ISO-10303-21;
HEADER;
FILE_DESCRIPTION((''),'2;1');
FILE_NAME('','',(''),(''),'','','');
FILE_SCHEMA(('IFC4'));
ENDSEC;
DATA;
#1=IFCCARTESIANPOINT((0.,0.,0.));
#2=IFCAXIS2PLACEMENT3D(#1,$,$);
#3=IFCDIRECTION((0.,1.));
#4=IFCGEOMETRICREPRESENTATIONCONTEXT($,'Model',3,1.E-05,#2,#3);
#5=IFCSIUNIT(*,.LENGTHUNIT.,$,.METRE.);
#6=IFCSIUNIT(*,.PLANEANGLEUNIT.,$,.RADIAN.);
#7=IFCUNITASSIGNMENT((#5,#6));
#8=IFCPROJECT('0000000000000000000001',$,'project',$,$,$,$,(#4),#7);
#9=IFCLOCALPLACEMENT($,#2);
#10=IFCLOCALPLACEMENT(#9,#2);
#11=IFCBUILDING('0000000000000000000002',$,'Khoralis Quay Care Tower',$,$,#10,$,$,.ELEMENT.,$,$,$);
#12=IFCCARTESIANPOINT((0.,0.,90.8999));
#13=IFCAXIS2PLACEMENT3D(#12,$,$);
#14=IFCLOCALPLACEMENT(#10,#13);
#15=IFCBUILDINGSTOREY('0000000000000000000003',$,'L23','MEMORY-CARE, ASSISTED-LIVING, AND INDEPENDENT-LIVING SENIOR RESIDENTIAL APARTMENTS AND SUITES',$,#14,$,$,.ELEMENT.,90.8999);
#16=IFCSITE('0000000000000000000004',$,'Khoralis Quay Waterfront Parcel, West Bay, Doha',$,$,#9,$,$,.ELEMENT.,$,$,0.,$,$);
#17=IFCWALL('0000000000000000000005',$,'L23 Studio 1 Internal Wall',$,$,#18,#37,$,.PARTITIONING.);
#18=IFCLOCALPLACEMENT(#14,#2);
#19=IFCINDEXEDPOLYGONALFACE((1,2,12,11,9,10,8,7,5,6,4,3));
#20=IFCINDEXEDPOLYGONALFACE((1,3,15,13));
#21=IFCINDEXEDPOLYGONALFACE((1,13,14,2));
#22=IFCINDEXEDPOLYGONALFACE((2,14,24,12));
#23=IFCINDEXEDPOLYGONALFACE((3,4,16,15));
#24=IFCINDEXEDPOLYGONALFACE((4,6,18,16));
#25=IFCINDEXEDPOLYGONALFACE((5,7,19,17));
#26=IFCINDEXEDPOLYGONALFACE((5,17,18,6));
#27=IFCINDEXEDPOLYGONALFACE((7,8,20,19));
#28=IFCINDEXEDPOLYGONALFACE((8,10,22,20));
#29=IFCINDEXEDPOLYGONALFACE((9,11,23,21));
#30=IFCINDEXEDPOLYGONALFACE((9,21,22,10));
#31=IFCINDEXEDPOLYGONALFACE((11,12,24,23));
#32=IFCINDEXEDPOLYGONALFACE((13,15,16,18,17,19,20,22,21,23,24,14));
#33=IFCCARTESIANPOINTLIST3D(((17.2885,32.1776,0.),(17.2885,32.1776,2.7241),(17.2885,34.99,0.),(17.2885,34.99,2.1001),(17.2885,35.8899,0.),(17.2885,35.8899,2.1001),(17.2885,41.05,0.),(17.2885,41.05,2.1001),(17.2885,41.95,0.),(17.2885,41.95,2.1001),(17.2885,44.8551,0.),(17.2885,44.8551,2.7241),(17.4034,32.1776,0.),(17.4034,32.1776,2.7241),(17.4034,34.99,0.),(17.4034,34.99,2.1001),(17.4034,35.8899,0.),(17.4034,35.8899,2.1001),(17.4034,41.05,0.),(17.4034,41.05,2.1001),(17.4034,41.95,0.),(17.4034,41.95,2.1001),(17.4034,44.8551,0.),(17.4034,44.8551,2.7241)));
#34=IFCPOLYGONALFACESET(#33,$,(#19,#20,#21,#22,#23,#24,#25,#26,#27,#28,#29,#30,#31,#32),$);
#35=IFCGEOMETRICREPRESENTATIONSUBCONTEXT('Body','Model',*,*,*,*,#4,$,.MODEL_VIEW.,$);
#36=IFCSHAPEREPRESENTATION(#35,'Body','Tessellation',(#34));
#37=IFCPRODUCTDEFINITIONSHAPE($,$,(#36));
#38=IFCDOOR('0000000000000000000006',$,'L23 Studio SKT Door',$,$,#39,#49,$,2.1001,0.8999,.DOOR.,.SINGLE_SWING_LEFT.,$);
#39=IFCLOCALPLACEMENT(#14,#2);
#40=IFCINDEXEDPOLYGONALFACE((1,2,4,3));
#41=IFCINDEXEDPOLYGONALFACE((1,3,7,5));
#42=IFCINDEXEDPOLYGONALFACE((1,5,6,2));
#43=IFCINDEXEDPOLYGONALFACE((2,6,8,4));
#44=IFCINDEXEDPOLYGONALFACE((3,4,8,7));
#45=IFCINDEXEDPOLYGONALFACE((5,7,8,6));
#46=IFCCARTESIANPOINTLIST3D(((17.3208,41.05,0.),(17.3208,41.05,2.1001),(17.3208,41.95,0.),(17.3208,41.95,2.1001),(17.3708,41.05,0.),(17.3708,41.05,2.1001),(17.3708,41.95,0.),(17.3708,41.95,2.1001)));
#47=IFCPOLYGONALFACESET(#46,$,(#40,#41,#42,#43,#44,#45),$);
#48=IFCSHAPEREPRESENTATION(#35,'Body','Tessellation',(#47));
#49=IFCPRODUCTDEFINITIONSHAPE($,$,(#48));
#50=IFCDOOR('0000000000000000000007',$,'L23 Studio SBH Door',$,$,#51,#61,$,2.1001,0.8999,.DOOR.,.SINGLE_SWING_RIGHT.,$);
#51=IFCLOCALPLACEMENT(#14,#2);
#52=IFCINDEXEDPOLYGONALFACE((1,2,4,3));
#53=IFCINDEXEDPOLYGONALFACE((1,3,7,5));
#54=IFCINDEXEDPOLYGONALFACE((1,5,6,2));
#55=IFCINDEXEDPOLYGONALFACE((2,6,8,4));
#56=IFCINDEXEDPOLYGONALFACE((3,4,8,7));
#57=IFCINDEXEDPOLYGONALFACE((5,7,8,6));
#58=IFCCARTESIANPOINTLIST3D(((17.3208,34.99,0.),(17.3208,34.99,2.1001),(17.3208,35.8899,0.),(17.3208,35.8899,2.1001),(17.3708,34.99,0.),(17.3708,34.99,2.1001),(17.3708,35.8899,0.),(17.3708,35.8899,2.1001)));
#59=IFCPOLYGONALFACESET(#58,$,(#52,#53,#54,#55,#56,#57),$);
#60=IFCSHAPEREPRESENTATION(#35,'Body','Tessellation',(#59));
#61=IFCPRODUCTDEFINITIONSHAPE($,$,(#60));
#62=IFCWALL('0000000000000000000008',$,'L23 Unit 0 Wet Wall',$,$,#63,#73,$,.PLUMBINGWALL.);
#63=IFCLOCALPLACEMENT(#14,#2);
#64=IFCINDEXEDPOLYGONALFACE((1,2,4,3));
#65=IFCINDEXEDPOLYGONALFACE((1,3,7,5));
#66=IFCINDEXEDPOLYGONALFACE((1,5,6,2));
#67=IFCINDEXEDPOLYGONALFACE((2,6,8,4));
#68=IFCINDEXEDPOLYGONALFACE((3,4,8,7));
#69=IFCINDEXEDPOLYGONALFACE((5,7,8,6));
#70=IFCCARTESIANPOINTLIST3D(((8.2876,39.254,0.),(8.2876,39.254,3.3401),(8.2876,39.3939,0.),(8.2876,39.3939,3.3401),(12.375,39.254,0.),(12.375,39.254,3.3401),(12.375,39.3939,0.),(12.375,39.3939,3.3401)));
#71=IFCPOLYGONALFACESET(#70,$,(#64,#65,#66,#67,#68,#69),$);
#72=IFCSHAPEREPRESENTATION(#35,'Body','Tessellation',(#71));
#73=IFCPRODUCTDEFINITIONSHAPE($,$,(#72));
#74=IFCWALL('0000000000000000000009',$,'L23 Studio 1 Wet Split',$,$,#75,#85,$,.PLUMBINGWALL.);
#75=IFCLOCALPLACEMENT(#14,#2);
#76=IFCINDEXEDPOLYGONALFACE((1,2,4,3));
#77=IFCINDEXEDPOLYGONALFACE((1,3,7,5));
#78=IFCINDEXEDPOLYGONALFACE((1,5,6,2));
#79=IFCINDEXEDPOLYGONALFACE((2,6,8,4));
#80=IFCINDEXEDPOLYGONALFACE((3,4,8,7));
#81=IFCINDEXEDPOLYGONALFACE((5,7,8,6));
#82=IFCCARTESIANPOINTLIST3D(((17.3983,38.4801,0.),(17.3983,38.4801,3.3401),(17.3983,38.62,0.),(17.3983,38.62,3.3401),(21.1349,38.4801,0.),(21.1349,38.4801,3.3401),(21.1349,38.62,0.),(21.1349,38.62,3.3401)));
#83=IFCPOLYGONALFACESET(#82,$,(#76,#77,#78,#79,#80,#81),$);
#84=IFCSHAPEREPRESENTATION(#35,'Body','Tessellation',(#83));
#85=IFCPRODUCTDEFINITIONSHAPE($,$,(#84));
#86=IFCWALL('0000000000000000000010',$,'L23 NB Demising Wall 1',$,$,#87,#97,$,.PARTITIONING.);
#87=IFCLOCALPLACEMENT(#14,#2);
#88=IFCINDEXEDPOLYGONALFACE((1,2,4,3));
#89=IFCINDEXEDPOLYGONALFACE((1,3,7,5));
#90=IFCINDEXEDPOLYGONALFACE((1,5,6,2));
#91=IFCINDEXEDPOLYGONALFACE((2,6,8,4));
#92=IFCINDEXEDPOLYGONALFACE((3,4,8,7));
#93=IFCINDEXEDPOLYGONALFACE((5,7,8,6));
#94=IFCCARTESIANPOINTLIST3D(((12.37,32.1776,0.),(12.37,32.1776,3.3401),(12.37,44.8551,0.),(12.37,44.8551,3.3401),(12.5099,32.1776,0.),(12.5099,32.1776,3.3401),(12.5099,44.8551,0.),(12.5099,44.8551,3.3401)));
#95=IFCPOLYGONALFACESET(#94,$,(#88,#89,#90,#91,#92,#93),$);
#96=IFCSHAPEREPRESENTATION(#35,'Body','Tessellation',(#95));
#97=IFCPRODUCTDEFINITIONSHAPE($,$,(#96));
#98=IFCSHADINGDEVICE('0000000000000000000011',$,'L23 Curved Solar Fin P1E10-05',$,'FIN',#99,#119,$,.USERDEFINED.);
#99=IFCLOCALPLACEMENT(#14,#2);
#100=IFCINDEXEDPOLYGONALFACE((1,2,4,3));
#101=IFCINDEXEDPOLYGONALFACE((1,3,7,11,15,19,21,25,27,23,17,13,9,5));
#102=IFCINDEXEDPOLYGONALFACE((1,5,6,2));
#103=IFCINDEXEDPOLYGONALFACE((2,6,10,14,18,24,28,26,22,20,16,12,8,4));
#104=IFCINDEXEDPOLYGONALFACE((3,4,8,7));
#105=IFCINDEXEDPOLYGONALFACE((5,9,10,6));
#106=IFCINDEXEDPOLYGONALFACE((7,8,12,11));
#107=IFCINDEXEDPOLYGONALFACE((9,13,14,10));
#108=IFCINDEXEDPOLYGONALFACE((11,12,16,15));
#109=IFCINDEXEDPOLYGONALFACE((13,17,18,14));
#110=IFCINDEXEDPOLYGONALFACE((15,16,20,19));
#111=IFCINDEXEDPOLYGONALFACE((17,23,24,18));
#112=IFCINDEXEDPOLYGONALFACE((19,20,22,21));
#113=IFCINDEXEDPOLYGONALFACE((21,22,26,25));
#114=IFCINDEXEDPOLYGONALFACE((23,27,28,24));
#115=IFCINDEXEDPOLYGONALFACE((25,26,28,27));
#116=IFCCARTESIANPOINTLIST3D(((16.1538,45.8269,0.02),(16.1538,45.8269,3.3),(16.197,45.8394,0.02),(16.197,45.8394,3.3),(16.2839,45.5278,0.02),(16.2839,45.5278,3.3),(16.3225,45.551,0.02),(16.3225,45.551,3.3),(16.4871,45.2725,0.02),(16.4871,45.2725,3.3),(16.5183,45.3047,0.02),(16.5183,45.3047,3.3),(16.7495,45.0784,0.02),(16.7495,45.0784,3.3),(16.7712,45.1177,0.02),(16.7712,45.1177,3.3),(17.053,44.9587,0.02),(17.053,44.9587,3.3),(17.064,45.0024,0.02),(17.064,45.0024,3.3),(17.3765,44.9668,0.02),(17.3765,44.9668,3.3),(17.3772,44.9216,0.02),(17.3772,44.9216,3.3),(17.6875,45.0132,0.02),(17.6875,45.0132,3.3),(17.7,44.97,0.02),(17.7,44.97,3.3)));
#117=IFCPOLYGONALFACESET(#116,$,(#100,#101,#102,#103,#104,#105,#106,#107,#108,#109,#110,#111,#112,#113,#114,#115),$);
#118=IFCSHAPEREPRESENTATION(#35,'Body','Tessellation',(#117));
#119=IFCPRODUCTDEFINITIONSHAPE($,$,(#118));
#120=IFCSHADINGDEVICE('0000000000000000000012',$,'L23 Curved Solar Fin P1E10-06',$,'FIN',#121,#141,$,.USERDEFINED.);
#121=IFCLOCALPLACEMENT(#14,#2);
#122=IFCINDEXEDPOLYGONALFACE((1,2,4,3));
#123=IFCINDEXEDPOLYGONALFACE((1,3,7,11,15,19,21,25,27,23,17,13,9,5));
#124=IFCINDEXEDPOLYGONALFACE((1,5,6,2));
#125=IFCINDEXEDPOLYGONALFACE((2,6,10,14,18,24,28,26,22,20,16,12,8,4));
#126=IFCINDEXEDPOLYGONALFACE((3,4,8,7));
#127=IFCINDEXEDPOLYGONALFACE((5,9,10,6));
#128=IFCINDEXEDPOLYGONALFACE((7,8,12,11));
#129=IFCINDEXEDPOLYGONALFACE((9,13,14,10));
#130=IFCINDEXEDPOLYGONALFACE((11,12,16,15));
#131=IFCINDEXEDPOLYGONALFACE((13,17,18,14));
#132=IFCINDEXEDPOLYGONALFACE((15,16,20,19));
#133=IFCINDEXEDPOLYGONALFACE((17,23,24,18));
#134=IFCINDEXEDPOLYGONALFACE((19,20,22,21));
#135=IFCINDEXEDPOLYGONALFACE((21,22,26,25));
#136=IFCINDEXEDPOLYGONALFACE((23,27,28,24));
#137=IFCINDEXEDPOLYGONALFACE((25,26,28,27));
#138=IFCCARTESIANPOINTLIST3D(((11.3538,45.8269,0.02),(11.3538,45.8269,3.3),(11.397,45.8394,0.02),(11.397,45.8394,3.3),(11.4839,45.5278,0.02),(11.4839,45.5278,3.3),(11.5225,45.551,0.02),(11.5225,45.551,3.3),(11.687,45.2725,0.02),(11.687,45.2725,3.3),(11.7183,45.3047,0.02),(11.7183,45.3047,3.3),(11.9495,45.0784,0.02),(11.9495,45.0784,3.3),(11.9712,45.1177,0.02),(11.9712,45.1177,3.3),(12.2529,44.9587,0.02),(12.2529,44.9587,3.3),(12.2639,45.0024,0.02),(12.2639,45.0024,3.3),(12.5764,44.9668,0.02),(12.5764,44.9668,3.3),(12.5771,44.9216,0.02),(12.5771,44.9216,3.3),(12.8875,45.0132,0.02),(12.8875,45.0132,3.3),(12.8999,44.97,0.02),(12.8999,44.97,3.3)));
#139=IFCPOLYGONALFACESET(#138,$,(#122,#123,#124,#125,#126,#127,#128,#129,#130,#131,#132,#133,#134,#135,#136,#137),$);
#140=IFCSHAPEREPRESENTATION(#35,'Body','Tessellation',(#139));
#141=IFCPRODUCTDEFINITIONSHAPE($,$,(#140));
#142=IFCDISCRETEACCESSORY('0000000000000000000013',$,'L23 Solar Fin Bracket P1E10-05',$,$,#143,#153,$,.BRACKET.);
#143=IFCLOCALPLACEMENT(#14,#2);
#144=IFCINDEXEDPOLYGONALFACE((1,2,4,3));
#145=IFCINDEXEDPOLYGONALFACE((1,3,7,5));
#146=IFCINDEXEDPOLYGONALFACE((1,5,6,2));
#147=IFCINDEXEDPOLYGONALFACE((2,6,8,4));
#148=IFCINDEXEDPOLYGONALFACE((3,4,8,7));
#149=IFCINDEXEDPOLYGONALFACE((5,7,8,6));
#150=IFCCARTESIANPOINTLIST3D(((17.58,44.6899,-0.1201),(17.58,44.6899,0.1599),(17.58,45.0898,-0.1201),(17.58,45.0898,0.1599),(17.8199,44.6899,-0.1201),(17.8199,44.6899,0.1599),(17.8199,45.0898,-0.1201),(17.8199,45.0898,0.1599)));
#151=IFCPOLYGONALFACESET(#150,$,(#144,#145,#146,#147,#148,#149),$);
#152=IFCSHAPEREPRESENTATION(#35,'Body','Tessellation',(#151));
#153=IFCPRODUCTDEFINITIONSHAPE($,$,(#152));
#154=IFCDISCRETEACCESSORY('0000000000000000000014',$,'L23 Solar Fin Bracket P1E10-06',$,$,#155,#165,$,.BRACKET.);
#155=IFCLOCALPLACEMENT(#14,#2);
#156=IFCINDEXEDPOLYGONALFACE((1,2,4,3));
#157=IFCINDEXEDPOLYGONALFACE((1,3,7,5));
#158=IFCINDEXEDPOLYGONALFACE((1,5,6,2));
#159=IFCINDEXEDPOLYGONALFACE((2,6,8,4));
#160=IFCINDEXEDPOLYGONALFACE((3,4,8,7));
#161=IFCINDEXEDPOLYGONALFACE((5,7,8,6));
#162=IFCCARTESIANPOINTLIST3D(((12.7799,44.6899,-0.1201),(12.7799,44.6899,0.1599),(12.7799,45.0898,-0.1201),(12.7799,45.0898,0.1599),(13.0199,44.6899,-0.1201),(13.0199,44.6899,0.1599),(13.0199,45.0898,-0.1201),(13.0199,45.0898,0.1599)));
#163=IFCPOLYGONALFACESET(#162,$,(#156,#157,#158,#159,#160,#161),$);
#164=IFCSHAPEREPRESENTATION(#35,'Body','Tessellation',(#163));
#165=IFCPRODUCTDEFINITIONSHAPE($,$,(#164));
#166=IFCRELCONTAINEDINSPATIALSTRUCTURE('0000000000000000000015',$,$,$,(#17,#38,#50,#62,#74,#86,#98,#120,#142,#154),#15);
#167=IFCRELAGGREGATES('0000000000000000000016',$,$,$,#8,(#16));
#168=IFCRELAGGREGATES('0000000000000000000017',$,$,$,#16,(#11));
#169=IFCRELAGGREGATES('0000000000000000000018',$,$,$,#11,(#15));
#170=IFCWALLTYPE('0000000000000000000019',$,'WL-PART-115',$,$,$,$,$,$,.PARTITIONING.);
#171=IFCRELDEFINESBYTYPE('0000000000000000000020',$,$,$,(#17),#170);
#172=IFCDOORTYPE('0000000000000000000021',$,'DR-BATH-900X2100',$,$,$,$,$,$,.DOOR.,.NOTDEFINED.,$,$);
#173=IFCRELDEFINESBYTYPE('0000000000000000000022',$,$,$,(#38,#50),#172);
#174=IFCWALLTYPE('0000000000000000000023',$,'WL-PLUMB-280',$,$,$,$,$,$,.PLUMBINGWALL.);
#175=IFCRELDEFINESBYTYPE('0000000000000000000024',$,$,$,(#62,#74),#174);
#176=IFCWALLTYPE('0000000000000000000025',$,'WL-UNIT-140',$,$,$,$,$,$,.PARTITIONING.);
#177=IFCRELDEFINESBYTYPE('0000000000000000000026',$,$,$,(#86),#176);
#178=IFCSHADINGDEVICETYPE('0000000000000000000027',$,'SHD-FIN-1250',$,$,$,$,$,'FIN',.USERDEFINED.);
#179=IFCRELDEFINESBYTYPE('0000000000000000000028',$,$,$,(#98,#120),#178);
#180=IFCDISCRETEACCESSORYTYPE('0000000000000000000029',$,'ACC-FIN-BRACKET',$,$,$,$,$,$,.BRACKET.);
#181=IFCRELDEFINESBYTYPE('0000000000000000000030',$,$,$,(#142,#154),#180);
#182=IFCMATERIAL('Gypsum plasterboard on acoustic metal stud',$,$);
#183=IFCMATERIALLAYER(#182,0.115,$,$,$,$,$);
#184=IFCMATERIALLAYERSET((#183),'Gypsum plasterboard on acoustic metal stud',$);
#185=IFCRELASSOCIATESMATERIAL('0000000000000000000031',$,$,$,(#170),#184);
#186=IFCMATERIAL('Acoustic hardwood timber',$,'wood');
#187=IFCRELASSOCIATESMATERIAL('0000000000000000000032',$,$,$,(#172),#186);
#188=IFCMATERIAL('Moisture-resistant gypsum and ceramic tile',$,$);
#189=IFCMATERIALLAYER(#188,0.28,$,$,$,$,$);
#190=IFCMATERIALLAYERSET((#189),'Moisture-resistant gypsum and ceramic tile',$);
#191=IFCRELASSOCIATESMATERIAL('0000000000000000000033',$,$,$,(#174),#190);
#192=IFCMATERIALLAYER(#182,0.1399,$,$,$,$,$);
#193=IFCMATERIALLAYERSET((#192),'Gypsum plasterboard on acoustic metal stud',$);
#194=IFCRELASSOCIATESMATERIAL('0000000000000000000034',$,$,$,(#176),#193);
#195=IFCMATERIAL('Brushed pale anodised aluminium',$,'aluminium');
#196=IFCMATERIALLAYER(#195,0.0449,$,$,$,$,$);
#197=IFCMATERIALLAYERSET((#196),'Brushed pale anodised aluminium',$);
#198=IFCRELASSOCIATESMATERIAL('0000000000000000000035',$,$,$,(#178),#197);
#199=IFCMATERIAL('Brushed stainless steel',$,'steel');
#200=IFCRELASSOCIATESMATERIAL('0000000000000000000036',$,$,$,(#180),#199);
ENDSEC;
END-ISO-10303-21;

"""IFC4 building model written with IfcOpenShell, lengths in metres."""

from ifc_helpers import new_model, si_unit, direction, frame, frame_2d, origin, origin_2d, place, context, subcontext, project, spatial, polyline, rectangle, outline, extrude, source, transform, mapped, material, layer, layer_set, type_object, element, fill, save


model = new_model("IFC4")

# Units and contexts
model_context = context("Model", 3, precision=1e-05, world=origin(), true_north=direction((0.0, 1.0)))
body_context = subcontext(model_context, "Body", "Model", "MODEL_VIEW")
ifc_project = project(units=[si_unit("LENGTHUNIT", "METRE"), si_unit("PLANEANGLEUNIT", "RADIAN")], contexts=[model_context])

# Site, building, storey
site_placement = place(None, origin())
site = spatial("IfcSite", under=ifc_project, at=site_placement, Name="Khoralis Quay Waterfront Parcel, West Bay, Doha", CompositionType="ELEMENT", RefElevation=0.0)
building_placement = place(site_placement, origin())
building = spatial("IfcBuilding", under=site, at=building_placement, Name="Khoralis Quay Care Tower", CompositionType="ELEMENT")
storey_placement = place(building_placement, frame((0.0, 0.0, 90.8999)))
storey = spatial("IfcBuildingStorey", under=building, at=storey_placement, Name="L23", Description="MEMORY-CARE, ASSISTED-LIVING, AND INDEPENDENT-LIVING SENIOR RESIDENTIAL APARTMENTS AND SUITES", CompositionType="ELEMENT", Elevation=90.8999)

# Shared definitions
ifc_material_1 = material(Name="Gypsum plasterboard on acoustic metal stud")
ifc_layer_1 = layer(ifc_material_1, 0.115)
ifc_layer_set_1 = layer_set([ifc_layer_1], Name="Gypsum plasterboard on acoustic metal stud")
wall_type_1 = type_object("IfcWallType", Name="WL-PART-115", PredefinedType="PARTITIONING", material=ifc_layer_set_1)

# Wall, openings, doors
wall_1_placement = place(storey_placement, frame((17.3459, 32.1775, 0.0), z_axis=(0.0, 0.0, 1.0), x_axis=(0.0, 1.0, 0.0)))
wall_1 = element("IfcWall", 1, at=wall_1_placement, inside=storey, type_object=wall_type_1, Name="L23 Studio 1 Internal Wall", PredefinedType="PARTITIONING", context=body_context, shape_type="SweptSolid", body=[
    extrude(rectangle(XDim=12.6775, YDim=0.115, at=frame_2d((6.3389, 0.0))), origin(), (0.0, 0.0, 1.0), 2.7241),
])
opening_1_placement = place(wall_1_placement, frame((8.8726, 0.0, 0.0)))
opening_1 = element("IfcOpeningElement", 2, at=opening_1_placement, cuts=wall_1, PredefinedType="OPENING", context=body_context, shape_type="SweptSolid", body=[
    extrude(rectangle(XDim=0.8999, YDim=2.1001, at=frame_2d((0.45, 1.05))), frame((0.0, 0.0674, 0.0), z_axis=(0.0, -1.0, 0.0), x_axis=(1.0, 0.0, 0.0)), (0.0, 0.0, 1.0), 0.135),
])
opening_2_placement = place(wall_1_placement, frame((2.8125, 0.0, 0.0)))
opening_2 = element("IfcOpeningElement", 3, at=opening_2_placement, cuts=wall_1, PredefinedType="OPENING", context=body_context, shape_type="SweptSolid", body=[
    extrude(rectangle(XDim=0.8999, YDim=2.1001, at=frame_2d((0.45, 1.05))), frame((0.0, 0.0674, 0.0), z_axis=(0.0, -1.0, 0.0), x_axis=(1.0, 0.0, 0.0)), (0.0, 0.0, 1.0), 0.135),
])
ifc_material_2 = material(Name="Acoustic hardwood timber", Category="wood")
door_type = type_object("IfcDoorType", Name="DR-BATH-900X2100", OperationType="NOTDEFINED", PredefinedType="DOOR", material=ifc_material_2)
shared_shape_1 = source(origin(), body_context, "Body", "SweptSolid", [
    extrude(rectangle(XDim=0.8999, YDim=2.1001, at=frame_2d((0.45, 1.05))), frame((0.0, 0.0249, 0.0), z_axis=(0.0, -1.0, 0.0), x_axis=(1.0, 0.0, 0.0)), (0.0, 0.0, 1.0), 0.05),
])
door_1_placement = place(opening_1_placement, frame((0.8999, 0.0, 0.0), z_axis=(0.0, 0.0, 1.0), x_axis=(-1.0, 0.0, 0.0)))
door_1 = element("IfcDoor", 4, at=door_1_placement, inside=storey, type_object=door_type, Name="L23 Studio SKT Door", OperationType="SINGLE_SWING_LEFT", OverallHeight=2.1001, OverallWidth=0.8999, PredefinedType="DOOR", context=body_context, shape_type="MappedRepresentation", body=[
    mapped(shared_shape_1, transform((0.0, 0.0, 0.0), scale=1.0)),
])
fill(opening_1, door_1)
door_2_placement = place(opening_2_placement, frame((0.8999, 0.0, 0.0), z_axis=(0.0, 0.0, 1.0), x_axis=(-1.0, 0.0, 0.0)))
door_2 = element("IfcDoor", 5, at=door_2_placement, inside=storey, type_object=door_type, Name="L23 Studio SBH Door", OperationType="SINGLE_SWING_RIGHT", OverallHeight=2.1001, OverallWidth=0.8999, PredefinedType="DOOR", context=body_context, shape_type="MappedRepresentation", body=[
    mapped(shared_shape_1, transform((0.0, 0.0, 0.0), scale=1.0)),
])
fill(opening_2, door_2)

# Walls
ifc_material_3 = material(Name="Moisture-resistant gypsum and ceramic tile")
ifc_layer_2 = layer(ifc_material_3, 0.28)
ifc_layer_set_2 = layer_set([ifc_layer_2], Name="Moisture-resistant gypsum and ceramic tile")
wall_type_2 = type_object("IfcWallType", Name="WL-PLUMB-280", PredefinedType="PLUMBINGWALL", material=ifc_layer_set_2)
wall_2_placement = place(storey_placement, frame((8.2876, 39.324, 0.0), z_axis=(0.0, 0.0, 1.0), x_axis=(1.0, 0.0, 0.0)))
element("IfcWall", 6, at=wall_2_placement, inside=storey, type_object=wall_type_2, Name="L23 Unit 0 Wet Wall", PredefinedType="PLUMBINGWALL", context=body_context, shape_type="SweptSolid", body=[
    extrude(rectangle(XDim=4.0874, YDim=0.1399, at=frame_2d((2.0437, 0.0))), origin(), (0.0, 0.0, 1.0), 3.3401),
])
wall_3_placement = place(storey_placement, frame((17.3984, 38.55, 0.0), z_axis=(0.0, 0.0, 1.0), x_axis=(1.0, 0.0, 0.0)))
element("IfcWall", 7, at=wall_3_placement, inside=storey, type_object=wall_type_2, Name="L23 Studio 1 Wet Split", PredefinedType="PLUMBINGWALL", context=body_context, shape_type="SweptSolid", body=[
    extrude(rectangle(XDim=3.7366, YDim=0.1399, at=frame_2d((1.8682, 0.0))), origin(), (0.0, 0.0, 1.0), 3.3401),
])
ifc_layer_3 = layer(ifc_material_1, 0.1399)
ifc_layer_set_3 = layer_set([ifc_layer_3], Name="Gypsum plasterboard on acoustic metal stud")
wall_type_3 = type_object("IfcWallType", Name="WL-UNIT-140", PredefinedType="PARTITIONING", material=ifc_layer_set_3)
wall_4_placement = place(storey_placement, frame((12.4399, 32.1775, 0.0), z_axis=(0.0, 0.0, 1.0), x_axis=(0.0, 1.0, 0.0)))
element("IfcWall", 8, at=wall_4_placement, inside=storey, type_object=wall_type_3, Name="L23 NB Demising Wall 1", PredefinedType="PARTITIONING", context=body_context, shape_type="SweptSolid", body=[
    extrude(rectangle(XDim=12.6775, YDim=0.1399, at=frame_2d((6.3389, 0.0))), origin(), (0.0, 0.0, 1.0), 3.3401),
])

# Shading devices
ifc_material_4 = material(Name="Brushed pale anodised aluminium", Category="aluminium")
ifc_layer_4 = layer(ifc_material_4, 0.0449)
ifc_layer_set_4 = layer_set([ifc_layer_4], Name="Brushed pale anodised aluminium")
shading_device_type = type_object("IfcShadingDeviceType", Name="SHD-FIN-1250", ElementType="FIN", PredefinedType="USERDEFINED", material=ifc_layer_set_4)
shared_shape_2 = source(origin(), body_context, "Body", "SweptSolid", [
    extrude(outline(polyline([(0.0, 0.0), (-0.0483, 0.3228), (-0.0112, 0.647), (0.1084, 0.9504), (0.3025, 1.2129), (0.5579, 1.416), (0.8569, 1.5461), (0.8694, 1.5029), (0.5811, 1.3774), (0.3347, 1.1816), (0.1477, 0.9287), (0.0325, 0.636), (-0.0032, 0.3235), (0.0432, 0.0125), (0.0, 0.0)])), origin(), (0.0, 0.0, 1.0), 3.28),
])
for number, where, z_axis, x_axis, name in (
    (9, (17.7, 44.97, 0.02), (0.0, 0.0, 1.0), (0.0, 1.0, 0.0), "L23 Curved Solar Fin P1E10-05"),
    (10, (12.8999, 44.97, 0.02), (0.0, 0.0, 1.0), (0.0, 1.0, 0.0), "L23 Curved Solar Fin P1E10-06"),
):
    element("IfcShadingDevice", number, at=place(storey_placement, frame(where, z_axis=z_axis, x_axis=x_axis)), inside=storey, type_object=shading_device_type, Name=name, ObjectType="FIN", PredefinedType="USERDEFINED", context=body_context, shape_type="MappedRepresentation", body=[
        mapped(shared_shape_2, transform((0.0, 0.0, 0.0), scale=1.0)),
    ])

# Discrete accessories
ifc_material_5 = material(Name="Brushed stainless steel", Category="steel")
discrete_accessory_type = type_object("IfcDiscreteAccessoryType", Name="ACC-FIN-BRACKET", PredefinedType="BRACKET", material=ifc_material_5)
shared_shape_3 = source(origin(), body_context, "Body", "SweptSolid", [
    extrude(rectangle(XDim=0.3999, YDim=0.24, at=origin_2d()), origin(), (0.0, 0.0, 1.0), 0.28),
])
for number, where, z_axis, x_axis, name in (
    (11, (17.7, 44.8899, -0.1201), (0.0, 0.0, 1.0), (0.0, 1.0, 0.0), "L23 Solar Fin Bracket P1E10-05"),
    (12, (12.8999, 44.8899, -0.1201), (0.0, 0.0, 1.0), (0.0, 1.0, 0.0), "L23 Solar Fin Bracket P1E10-06"),
):
    element("IfcDiscreteAccessory", number, at=place(storey_placement, frame(where, z_axis=z_axis, x_axis=x_axis)), inside=storey, type_object=discrete_accessory_type, Name=name, PredefinedType="BRACKET", context=body_context, shape_type="MappedRepresentation", body=[
        mapped(shared_shape_3, transform((0.0, 0.0, 0.0), scale=1.0)),
    ])

save(model, "model.ifc")
